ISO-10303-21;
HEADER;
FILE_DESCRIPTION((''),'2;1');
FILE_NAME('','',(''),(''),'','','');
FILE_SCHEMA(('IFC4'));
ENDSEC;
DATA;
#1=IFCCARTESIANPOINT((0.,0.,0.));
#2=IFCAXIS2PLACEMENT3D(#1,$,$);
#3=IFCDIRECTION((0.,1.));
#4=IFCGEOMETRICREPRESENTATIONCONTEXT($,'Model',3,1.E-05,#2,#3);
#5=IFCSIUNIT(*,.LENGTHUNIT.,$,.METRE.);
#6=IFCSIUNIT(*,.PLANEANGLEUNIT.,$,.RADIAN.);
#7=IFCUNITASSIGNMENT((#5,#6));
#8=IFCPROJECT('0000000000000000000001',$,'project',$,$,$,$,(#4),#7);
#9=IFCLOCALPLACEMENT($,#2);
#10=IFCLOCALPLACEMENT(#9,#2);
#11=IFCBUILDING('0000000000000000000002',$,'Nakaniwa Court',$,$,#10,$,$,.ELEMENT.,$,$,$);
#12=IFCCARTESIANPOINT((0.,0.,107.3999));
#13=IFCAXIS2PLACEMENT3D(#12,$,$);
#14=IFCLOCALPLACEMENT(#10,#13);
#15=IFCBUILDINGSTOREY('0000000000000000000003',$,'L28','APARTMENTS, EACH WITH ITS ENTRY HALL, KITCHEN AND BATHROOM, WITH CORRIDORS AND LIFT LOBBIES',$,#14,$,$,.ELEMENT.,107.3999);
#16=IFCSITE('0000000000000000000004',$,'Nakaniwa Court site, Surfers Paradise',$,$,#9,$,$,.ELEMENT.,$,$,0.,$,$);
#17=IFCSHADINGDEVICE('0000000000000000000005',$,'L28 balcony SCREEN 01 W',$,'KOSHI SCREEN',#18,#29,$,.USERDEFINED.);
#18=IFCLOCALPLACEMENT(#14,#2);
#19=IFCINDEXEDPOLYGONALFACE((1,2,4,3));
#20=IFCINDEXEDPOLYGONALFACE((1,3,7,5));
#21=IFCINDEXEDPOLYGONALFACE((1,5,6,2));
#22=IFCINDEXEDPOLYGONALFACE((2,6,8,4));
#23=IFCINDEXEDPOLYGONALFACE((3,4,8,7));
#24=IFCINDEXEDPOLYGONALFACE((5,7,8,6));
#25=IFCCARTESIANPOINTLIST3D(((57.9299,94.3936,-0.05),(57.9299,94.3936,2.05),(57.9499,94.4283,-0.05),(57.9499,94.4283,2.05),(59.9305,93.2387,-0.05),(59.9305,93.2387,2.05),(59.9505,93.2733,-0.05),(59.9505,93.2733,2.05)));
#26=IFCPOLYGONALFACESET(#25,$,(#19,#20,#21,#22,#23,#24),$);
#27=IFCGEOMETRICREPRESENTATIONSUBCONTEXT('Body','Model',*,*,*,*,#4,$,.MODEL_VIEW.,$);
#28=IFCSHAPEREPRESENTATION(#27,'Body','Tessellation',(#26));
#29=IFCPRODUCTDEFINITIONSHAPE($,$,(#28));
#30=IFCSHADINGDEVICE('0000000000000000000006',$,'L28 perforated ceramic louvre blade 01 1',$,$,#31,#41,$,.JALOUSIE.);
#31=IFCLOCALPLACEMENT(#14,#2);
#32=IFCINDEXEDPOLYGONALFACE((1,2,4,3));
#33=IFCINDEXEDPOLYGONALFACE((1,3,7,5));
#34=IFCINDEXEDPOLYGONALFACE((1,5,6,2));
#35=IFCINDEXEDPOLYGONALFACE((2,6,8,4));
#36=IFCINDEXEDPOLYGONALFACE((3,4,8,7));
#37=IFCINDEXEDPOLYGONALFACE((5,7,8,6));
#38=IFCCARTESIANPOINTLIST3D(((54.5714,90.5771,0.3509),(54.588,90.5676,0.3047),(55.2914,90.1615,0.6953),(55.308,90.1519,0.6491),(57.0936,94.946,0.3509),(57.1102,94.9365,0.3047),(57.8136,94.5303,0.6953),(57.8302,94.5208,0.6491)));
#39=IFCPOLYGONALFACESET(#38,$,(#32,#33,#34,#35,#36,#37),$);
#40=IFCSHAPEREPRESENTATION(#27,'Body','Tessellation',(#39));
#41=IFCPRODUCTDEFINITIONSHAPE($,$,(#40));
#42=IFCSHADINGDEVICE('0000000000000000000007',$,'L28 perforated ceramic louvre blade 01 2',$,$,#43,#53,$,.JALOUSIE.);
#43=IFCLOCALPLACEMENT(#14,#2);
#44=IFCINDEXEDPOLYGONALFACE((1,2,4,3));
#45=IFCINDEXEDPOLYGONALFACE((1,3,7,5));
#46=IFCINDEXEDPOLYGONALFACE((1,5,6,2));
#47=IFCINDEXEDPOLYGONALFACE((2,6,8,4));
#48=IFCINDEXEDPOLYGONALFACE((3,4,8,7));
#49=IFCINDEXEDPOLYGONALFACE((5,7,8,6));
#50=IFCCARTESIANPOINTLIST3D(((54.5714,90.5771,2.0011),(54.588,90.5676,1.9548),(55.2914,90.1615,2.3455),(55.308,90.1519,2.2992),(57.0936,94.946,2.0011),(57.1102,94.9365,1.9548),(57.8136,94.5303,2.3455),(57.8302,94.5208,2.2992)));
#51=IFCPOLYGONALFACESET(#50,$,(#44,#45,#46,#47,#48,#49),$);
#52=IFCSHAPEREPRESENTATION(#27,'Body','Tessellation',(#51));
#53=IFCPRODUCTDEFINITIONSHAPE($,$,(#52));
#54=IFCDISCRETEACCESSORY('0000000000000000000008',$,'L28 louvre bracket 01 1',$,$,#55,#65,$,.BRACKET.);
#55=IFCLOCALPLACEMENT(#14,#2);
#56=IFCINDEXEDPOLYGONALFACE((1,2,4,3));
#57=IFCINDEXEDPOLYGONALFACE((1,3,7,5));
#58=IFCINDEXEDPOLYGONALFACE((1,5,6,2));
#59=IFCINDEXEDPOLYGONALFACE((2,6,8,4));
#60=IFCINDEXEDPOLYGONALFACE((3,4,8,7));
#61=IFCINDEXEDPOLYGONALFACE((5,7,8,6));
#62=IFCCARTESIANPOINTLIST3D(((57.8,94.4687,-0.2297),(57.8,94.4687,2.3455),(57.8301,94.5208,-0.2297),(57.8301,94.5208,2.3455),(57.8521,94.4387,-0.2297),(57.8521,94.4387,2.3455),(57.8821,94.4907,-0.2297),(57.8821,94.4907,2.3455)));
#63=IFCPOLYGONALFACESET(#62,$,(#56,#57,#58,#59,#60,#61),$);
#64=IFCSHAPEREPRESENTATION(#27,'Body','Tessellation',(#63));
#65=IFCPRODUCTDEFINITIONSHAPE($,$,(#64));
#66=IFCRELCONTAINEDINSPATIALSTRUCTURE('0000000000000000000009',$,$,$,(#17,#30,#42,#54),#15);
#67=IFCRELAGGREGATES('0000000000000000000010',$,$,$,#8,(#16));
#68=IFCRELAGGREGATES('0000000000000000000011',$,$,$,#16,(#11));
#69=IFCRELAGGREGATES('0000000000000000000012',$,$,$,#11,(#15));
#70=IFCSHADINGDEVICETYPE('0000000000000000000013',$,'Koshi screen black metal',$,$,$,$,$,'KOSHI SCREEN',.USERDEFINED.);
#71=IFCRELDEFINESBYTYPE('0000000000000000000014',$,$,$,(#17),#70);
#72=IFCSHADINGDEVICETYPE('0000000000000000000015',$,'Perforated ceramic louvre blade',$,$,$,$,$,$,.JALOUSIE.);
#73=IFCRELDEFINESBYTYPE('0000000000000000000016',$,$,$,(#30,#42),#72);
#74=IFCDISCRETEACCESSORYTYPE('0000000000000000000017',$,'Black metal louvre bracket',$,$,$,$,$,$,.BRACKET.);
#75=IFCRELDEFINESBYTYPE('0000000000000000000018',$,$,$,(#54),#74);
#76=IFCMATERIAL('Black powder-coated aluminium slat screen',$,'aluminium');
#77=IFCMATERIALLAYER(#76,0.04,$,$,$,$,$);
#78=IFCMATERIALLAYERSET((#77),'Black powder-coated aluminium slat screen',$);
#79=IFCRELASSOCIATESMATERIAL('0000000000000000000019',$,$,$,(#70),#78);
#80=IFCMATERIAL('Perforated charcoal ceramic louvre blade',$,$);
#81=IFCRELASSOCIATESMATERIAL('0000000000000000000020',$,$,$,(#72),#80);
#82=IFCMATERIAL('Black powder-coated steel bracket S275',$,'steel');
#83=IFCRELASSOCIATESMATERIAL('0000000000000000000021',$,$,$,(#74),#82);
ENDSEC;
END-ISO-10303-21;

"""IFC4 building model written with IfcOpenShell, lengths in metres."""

from ifc_helpers import new_model, si_unit, direction, frame, origin, origin_2d, place, context, subcontext, project, spatial, rectangle, extrude, material, layer, layer_set, material_profile, profile_set, type_object, element, save


model = new_model("IFC4")

# Units and contexts
model_context = context("Model", 3, precision=1e-05, world=origin(), true_north=direction((0.0, 1.0)))
body_context = subcontext(model_context, "Body", "Model", "MODEL_VIEW")
ifc_project = project(units=[si_unit("LENGTHUNIT", "METRE"), si_unit("PLANEANGLEUNIT", "RADIAN")], contexts=[model_context])

# Site, building, storey
site_placement = place(None, origin())
site = spatial("IfcSite", under=ifc_project, at=site_placement, Name="Nakaniwa Court site, Surfers Paradise", CompositionType="ELEMENT", RefElevation=0.0)
building_placement = place(site_placement, origin())
building = spatial("IfcBuilding", under=site, at=building_placement, Name="Nakaniwa Court", CompositionType="ELEMENT")
storey_placement = place(building_placement, frame((0.0, 0.0, 107.3999)))
storey = spatial("IfcBuildingStorey", under=building, at=storey_placement, Name="L28", Description="APARTMENTS, EACH WITH ITS ENTRY HALL, KITCHEN AND BATHROOM, WITH CORRIDORS AND LIFT LOBBIES", CompositionType="ELEMENT", Elevation=107.3999)

# Shading devices
ifc_material_1 = material(Name="Black powder-coated aluminium slat screen", Category="aluminium")
ifc_layer_1 = layer(ifc_material_1, 0.04)
ifc_layer_set_1 = layer_set([ifc_layer_1], Name="Black powder-coated aluminium slat screen")
shading_device_type_1 = type_object("IfcShadingDeviceType", Name="Koshi screen black metal", ElementType="KOSHI SCREEN", PredefinedType="USERDEFINED", material=ifc_layer_set_1)
shading_device_placement = place(storey_placement, frame((58.9402, 93.8335, -0.05), z_axis=(0.0, 0.0, 1.0), x_axis=(-0.499974, -0.86604, 0.0)))
element("IfcShadingDevice", 1, at=shading_device_placement, inside=storey, type_object=shading_device_type_1, Name="L28 balcony SCREEN 01 W", ObjectType="KOSHI SCREEN", PredefinedType="USERDEFINED", context=body_context, shape_type="SweptSolid", body=[
    extrude(rectangle(XDim=0.04, YDim=2.3101, at=origin_2d()), origin(), (0.0, 0.0, 1.0), 2.1001),
])
ifc_material_2 = material(Name="Perforated charcoal ceramic louvre blade")
ifc_material_profile_1 = material_profile(ifc_material_2, rectangle(XDim=0.8999, YDim=0.05, at=origin_2d()), Name="Perforated ceramic louvre blade")
ifc_profile_set_1 = profile_set([ifc_material_profile_1], Name="Perforated charcoal ceramic louvre blade")
shading_device_type_2 = type_object("IfcShadingDeviceType", Name="Perforated ceramic louvre blade", PredefinedType="JALOUSIE", material=ifc_profile_set_1)
for number, where, z_axis, x_axis, name in (
    (2, (57.4619, 94.7334, 0.5), (-0.499975, -0.86604, 0.0), (0.800116, -0.461917, 0.382683), "L28 perforated ceramic louvre blade 01 1"),
    (3, (57.4619, 94.7334, 2.1501), (-0.499975, -0.86604, 0.0), (0.800116, -0.461917, 0.382683), "L28 perforated ceramic louvre blade 01 2"),
):
    element("IfcShadingDevice", number, at=place(storey_placement, frame(where, z_axis=z_axis, x_axis=x_axis)), inside=storey, type_object=shading_device_type_2, Name=name, PredefinedType="JALOUSIE", context=body_context, shape_type="SweptSolid", body=[
        extrude(rectangle(XDim=0.8999, YDim=0.05, at=origin_2d()), origin(), (0.0, 0.0, 1.0), 5.0447),
    ])

# Discrete accessory
ifc_material_3 = material(Name="Black powder-coated steel bracket S275", Category="steel")
discrete_accessory_type = type_object("IfcDiscreteAccessoryType", Name="Black metal louvre bracket", PredefinedType="BRACKET", material=ifc_material_3)
discrete_accessory_placement = place(storey_placement, frame((57.8411, 94.4797, -0.2297), z_axis=(0.0, 0.0, 1.0), x_axis=(-0.499974, -0.86604, 0.0)))
element("IfcDiscreteAccessory", 4, at=discrete_accessory_placement, inside=storey, type_object=discrete_accessory_type, Name="L28 louvre bracket 01 1", PredefinedType="BRACKET", context=body_context, shape_type="SweptSolid", body=[
    extrude(rectangle(XDim=0.0601, YDim=0.0601, at=origin_2d()), origin(), (0.0, 0.0, 1.0), 2.5752),
])

save(model, "model.ifc")
